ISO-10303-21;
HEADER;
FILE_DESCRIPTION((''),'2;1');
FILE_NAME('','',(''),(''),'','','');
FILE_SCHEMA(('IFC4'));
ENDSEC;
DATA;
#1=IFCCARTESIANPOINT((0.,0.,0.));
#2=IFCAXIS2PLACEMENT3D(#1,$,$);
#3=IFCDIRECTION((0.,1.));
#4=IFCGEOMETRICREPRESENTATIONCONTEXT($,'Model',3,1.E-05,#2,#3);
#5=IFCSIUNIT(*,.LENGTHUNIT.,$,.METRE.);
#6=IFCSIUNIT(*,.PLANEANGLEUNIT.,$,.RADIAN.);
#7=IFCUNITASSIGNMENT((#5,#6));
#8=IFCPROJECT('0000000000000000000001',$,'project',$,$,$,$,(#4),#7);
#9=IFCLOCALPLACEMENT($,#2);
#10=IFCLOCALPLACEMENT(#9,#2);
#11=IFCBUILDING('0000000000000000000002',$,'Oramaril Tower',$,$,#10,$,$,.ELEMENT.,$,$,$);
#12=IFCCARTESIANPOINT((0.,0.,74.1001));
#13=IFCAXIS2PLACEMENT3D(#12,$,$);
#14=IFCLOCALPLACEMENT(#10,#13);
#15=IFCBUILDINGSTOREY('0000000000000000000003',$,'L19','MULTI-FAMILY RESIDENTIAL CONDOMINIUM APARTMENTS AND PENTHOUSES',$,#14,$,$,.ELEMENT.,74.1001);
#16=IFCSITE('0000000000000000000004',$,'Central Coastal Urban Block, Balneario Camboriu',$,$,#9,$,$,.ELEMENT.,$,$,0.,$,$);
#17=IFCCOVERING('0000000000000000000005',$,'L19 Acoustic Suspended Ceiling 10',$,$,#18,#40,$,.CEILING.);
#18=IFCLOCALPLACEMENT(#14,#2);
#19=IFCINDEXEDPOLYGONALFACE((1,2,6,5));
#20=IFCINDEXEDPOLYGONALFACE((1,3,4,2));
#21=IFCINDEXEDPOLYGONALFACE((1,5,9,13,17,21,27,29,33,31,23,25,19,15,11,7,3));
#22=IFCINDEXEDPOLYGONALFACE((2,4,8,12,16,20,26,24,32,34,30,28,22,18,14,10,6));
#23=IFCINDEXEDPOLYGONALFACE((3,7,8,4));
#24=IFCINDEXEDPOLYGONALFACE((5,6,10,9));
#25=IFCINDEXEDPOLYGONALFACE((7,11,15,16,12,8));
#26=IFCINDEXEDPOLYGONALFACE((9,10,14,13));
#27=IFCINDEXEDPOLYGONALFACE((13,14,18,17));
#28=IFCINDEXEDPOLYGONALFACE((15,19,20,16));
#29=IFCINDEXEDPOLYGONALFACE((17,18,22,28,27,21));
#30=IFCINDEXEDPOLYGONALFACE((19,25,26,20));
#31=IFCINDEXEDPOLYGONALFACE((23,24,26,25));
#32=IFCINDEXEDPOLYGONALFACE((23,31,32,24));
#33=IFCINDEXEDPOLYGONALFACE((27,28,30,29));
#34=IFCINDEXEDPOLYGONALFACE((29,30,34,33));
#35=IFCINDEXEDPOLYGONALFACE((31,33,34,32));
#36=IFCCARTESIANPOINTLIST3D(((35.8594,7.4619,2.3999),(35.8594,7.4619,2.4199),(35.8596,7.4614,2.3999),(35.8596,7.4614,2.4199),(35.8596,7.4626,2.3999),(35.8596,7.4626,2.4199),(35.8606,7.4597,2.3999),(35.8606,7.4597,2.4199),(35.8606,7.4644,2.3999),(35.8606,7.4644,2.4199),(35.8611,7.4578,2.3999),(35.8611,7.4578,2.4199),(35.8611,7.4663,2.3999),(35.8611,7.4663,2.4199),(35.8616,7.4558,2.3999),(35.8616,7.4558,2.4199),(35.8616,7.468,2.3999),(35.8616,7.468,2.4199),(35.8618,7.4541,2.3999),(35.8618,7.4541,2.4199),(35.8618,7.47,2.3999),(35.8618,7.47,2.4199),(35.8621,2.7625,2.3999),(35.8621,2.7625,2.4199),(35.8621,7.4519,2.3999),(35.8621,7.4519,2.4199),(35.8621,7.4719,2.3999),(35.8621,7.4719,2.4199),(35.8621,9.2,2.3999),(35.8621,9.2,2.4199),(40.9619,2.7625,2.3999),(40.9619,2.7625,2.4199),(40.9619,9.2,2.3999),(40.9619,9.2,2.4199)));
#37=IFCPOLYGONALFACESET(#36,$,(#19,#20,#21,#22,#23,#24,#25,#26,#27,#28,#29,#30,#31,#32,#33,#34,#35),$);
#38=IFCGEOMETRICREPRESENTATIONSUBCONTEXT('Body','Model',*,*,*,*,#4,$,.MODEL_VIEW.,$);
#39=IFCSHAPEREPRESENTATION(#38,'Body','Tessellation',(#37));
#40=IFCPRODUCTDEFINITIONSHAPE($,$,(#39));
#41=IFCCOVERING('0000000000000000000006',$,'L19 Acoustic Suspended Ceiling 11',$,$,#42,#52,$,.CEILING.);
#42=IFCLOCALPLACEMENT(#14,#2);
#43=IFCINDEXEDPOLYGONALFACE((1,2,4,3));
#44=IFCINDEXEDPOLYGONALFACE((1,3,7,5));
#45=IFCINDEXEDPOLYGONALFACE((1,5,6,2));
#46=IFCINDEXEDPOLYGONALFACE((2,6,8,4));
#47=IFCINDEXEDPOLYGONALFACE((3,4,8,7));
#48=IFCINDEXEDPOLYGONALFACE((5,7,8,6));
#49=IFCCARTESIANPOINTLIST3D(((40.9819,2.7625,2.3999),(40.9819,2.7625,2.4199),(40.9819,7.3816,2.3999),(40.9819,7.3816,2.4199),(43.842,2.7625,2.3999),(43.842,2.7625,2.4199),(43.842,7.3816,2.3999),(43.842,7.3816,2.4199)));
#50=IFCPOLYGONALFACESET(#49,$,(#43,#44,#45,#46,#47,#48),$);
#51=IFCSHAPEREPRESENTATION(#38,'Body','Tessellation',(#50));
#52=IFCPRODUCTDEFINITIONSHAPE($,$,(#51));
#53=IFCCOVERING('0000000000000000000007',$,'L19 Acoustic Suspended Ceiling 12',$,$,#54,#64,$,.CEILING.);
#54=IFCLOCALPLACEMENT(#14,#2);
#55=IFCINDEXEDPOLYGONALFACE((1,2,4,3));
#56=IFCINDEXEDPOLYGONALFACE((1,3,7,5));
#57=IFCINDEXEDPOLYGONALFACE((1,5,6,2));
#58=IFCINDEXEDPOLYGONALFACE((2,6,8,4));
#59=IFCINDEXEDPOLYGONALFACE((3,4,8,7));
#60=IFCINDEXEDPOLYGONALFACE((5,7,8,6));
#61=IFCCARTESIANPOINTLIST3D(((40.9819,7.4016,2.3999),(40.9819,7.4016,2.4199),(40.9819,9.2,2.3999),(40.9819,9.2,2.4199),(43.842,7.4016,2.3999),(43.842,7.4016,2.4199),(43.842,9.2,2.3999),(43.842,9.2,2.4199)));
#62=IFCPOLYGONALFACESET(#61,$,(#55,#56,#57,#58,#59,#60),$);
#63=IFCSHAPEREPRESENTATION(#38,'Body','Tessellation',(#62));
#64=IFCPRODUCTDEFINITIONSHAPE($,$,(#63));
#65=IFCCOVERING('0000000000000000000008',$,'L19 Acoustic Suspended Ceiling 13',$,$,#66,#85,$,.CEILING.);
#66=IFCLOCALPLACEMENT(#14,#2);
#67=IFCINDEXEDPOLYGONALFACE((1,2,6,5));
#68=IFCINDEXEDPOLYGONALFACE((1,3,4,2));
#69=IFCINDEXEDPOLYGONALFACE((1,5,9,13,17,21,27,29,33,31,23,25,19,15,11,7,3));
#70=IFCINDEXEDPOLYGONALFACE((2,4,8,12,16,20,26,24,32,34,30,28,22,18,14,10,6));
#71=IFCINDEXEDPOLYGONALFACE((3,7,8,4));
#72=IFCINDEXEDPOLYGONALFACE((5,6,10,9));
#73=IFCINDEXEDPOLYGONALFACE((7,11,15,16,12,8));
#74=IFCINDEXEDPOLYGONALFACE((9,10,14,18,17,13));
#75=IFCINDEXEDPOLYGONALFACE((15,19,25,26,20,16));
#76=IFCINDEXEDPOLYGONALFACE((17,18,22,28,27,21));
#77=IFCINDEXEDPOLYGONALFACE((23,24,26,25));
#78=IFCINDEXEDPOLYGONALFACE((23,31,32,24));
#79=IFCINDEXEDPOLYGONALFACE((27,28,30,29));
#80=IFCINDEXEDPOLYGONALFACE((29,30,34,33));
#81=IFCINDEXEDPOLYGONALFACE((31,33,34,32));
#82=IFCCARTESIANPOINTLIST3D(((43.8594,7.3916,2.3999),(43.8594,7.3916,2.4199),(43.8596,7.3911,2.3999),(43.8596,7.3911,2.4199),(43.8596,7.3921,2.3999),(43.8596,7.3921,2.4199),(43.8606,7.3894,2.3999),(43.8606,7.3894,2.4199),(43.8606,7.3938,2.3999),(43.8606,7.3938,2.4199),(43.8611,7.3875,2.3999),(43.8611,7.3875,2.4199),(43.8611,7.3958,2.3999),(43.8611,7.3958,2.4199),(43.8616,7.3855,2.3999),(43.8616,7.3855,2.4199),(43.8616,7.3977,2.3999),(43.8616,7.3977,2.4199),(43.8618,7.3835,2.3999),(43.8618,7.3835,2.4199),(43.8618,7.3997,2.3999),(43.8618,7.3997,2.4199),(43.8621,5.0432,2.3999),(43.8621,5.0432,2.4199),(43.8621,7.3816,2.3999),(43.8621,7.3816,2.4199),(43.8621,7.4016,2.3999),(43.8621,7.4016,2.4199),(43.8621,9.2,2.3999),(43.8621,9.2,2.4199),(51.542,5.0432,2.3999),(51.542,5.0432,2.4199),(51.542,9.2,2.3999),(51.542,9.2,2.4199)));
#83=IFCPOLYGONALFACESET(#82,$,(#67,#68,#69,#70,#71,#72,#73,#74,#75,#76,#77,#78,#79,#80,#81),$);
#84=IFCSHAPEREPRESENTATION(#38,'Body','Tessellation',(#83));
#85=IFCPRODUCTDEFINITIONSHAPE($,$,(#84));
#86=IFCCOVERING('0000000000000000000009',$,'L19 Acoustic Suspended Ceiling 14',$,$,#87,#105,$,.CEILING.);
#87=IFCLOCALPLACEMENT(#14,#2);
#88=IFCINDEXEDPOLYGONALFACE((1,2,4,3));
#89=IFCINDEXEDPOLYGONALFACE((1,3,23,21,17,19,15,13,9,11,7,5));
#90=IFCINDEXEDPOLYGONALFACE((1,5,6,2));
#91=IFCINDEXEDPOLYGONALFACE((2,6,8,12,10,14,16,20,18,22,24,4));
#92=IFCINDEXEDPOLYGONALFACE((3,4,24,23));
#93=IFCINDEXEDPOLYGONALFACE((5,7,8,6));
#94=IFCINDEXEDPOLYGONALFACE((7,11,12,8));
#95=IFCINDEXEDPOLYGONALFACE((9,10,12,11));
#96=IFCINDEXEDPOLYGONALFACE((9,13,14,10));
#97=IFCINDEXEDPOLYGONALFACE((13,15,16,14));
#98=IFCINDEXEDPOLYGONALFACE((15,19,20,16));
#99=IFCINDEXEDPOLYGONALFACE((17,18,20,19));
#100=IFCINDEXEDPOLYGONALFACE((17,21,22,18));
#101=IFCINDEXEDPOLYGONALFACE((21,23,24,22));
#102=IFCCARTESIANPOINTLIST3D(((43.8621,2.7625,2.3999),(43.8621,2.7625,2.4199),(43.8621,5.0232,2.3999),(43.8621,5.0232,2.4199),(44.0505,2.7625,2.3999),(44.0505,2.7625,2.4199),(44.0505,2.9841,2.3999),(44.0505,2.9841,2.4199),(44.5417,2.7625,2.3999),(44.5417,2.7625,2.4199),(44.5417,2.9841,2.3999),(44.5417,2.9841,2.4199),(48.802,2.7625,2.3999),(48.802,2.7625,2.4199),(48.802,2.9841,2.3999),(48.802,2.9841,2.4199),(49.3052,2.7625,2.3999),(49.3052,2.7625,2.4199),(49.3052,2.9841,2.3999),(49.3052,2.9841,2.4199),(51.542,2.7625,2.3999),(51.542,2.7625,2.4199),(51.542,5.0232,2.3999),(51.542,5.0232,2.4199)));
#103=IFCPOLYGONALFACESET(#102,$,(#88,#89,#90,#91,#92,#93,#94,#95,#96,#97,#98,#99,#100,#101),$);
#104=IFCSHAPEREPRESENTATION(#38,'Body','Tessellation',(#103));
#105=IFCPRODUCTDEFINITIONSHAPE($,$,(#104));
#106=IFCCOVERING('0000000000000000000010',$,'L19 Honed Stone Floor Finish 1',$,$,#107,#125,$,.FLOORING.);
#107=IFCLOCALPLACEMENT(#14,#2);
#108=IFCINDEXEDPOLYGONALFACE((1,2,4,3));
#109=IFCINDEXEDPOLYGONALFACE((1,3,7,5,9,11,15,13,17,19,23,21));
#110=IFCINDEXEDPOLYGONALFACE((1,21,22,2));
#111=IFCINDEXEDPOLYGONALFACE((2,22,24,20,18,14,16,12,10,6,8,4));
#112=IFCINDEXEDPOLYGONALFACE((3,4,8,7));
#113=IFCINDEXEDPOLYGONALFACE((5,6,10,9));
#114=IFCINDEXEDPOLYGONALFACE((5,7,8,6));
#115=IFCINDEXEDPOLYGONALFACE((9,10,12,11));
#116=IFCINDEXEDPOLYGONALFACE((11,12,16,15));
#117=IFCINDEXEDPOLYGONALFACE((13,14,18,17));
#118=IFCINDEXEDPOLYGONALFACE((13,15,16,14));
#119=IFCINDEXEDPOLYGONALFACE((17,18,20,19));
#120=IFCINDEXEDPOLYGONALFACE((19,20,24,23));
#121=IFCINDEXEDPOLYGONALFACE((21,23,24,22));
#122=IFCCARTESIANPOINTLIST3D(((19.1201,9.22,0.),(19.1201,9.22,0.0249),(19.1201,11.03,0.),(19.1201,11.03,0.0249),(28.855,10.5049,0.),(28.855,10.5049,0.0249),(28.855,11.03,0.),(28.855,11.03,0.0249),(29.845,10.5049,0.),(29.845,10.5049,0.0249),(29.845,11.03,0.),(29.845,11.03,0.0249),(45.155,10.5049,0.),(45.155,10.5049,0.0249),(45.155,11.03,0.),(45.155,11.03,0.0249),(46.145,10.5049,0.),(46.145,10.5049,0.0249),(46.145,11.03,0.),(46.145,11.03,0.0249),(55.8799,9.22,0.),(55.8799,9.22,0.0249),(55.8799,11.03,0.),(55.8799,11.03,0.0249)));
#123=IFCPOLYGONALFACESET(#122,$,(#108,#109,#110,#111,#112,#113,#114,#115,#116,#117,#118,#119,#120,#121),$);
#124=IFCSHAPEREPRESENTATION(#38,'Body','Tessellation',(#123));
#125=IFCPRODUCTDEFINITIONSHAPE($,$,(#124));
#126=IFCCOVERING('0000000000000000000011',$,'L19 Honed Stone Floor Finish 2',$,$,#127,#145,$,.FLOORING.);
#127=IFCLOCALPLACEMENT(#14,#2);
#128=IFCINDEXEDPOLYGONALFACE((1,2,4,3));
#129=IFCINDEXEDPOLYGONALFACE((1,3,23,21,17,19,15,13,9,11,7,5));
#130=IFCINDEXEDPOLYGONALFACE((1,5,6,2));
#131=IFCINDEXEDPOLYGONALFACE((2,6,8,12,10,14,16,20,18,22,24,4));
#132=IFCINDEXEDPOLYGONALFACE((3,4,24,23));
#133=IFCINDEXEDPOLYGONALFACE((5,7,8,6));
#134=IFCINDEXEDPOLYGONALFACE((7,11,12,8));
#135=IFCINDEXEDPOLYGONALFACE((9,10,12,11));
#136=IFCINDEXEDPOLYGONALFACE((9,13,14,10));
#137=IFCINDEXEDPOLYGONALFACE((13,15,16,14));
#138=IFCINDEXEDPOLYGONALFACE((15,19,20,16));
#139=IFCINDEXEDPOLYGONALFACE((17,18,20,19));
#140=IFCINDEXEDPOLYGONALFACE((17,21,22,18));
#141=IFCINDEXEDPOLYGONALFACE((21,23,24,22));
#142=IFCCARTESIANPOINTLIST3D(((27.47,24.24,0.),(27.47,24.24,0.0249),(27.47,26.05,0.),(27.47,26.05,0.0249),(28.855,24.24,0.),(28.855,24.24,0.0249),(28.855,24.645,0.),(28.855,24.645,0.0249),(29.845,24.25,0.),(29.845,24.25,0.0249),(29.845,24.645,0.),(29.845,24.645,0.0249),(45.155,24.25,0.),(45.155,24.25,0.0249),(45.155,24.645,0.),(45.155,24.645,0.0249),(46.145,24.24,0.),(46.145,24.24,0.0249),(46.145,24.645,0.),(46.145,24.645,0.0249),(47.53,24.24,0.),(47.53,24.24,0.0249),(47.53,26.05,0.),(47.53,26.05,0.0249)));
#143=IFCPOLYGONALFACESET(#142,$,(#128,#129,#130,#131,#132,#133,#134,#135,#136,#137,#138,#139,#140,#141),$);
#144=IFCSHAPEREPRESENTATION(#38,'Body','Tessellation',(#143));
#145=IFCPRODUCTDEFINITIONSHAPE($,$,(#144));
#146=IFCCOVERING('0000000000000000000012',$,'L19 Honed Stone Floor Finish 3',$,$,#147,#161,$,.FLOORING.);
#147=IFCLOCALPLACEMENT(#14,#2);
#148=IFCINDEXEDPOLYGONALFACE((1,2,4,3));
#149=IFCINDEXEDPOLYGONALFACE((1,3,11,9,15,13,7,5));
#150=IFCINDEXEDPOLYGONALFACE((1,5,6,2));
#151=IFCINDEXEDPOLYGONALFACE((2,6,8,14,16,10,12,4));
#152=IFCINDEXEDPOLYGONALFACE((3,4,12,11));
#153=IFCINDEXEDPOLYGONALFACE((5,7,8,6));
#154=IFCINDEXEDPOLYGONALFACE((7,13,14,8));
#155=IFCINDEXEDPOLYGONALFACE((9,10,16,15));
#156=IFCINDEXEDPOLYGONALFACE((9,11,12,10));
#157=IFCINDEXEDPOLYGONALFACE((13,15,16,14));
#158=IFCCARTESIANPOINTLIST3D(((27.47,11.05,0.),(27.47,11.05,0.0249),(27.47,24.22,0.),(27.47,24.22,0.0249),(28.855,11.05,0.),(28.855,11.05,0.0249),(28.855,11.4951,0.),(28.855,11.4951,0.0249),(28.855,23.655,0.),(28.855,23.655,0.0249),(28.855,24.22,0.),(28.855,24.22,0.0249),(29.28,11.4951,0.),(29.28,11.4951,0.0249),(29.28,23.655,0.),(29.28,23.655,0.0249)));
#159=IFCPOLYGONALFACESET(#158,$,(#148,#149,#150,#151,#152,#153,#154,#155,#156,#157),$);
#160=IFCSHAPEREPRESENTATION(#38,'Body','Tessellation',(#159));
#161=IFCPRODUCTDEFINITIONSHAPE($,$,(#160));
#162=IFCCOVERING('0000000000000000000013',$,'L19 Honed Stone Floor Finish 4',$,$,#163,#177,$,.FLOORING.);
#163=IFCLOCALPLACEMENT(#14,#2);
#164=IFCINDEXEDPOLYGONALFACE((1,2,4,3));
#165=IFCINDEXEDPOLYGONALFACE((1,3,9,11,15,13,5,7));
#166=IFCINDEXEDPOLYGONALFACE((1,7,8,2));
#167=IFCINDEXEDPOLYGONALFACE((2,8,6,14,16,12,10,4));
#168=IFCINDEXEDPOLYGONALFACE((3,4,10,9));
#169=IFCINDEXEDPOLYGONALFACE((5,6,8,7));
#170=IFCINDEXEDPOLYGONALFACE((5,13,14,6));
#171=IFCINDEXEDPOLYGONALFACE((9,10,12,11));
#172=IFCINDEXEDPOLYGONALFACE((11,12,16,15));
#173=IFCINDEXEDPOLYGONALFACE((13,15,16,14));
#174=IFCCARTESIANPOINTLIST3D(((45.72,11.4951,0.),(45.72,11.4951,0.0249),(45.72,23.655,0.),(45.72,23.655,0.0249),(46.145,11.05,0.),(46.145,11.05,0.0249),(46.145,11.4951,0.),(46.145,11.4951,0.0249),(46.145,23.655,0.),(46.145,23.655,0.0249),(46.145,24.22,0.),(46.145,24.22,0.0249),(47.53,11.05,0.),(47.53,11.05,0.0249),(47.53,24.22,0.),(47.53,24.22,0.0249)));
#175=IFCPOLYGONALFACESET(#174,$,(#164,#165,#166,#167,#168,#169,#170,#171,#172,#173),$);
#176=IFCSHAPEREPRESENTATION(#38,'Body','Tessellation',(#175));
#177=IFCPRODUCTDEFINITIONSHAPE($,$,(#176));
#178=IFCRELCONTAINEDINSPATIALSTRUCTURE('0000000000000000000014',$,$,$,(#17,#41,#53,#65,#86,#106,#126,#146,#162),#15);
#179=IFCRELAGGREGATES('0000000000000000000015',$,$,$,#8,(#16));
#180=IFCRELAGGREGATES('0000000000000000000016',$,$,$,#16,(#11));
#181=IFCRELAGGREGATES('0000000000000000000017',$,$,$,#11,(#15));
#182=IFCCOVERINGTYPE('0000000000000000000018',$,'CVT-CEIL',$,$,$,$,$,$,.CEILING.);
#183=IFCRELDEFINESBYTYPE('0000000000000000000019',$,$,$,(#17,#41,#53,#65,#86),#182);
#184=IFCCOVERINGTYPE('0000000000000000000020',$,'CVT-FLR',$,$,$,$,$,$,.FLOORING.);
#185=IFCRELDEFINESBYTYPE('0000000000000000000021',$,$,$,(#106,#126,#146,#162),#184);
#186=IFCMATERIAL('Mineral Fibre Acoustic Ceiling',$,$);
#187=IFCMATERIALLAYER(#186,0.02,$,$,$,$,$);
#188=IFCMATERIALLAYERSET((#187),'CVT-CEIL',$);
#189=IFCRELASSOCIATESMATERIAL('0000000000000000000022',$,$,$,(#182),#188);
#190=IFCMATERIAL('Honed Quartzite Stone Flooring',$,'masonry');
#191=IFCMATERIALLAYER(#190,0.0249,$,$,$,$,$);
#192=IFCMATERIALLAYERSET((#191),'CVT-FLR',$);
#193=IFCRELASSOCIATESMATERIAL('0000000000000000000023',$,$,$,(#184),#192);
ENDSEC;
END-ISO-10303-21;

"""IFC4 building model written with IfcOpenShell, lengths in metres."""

from ifc_helpers import new_model, si_unit, direction, frame, origin, place, context, subcontext, project, spatial, polyline, outline, extrude, material, layer, layer_set, type_object, element, save


model = new_model("IFC4")

# Units and contexts
model_context = context("Model", 3, precision=1e-05, world=origin(), true_north=direction((0.0, 1.0)))
body_context = subcontext(model_context, "Body", "Model", "MODEL_VIEW")
ifc_project = project(units=[si_unit("LENGTHUNIT", "METRE"), si_unit("PLANEANGLEUNIT", "RADIAN")], contexts=[model_context])

# Site, building, storey
site_placement = place(None, origin())
site = spatial("IfcSite", under=ifc_project, at=site_placement, Name="Central Coastal Urban Block, Balneario Camboriu", CompositionType="ELEMENT", RefElevation=0.0)
building_placement = place(site_placement, origin())
building = spatial("IfcBuilding", under=site, at=building_placement, Name="Oramaril Tower", CompositionType="ELEMENT")
storey_placement = place(building_placement, frame((0.0, 0.0, 74.1001)))
storey = spatial("IfcBuildingStorey", under=building, at=storey_placement, Name="L19", Description="MULTI-FAMILY RESIDENTIAL CONDOMINIUM APARTMENTS AND PENTHOUSES", CompositionType="ELEMENT", Elevation=74.1001)

# Coverings
ifc_material_1 = material(Name="Mineral Fibre Acoustic Ceiling")
ifc_layer_1 = layer(ifc_material_1, 0.02)
ifc_layer_set_1 = layer_set([ifc_layer_1], Name="CVT-CEIL")
covering_type_1 = type_object("IfcCoveringType", Name="CVT-CEIL", PredefinedType="CEILING", material=ifc_layer_set_1)
covering_1_placement = place(storey_placement, frame((0.0, 0.0, 2.3999)))
element("IfcCovering", 1, at=covering_1_placement, inside=storey, type_object=covering_type_1, Name="L19 Acoustic Suspended Ceiling 10", PredefinedType="CEILING", context=body_context, shape_type="SweptSolid", body=[
    extrude(outline(polyline([(40.9619, 2.7625), (35.8621, 2.7625), (35.8621, 7.4519), (35.8618, 7.4541), (35.8616, 7.4558), (35.8611, 7.4578), (35.8606, 7.4597), (35.8596, 7.4614), (35.8594, 7.4619), (35.8596, 7.4626), (35.8606, 7.4644), (35.8611, 7.4663), (35.8616, 7.468), (35.8618, 7.47), (35.8621, 7.4719), (35.8621, 9.2), (40.9619, 9.2), (40.9619, 2.7625)])), origin(), (0.0, 0.0, 1.0), 0.02),
])
covering_2_placement = place(storey_placement, frame((0.0, 0.0, 2.3999)))
element("IfcCovering", 2, at=covering_2_placement, inside=storey, type_object=covering_type_1, Name="L19 Acoustic Suspended Ceiling 11", PredefinedType="CEILING", context=body_context, shape_type="SweptSolid", body=[
    extrude(outline(polyline([(43.842, 7.3816), (43.842, 2.7625), (40.9819, 2.7625), (40.9819, 7.3816), (43.842, 7.3816)])), origin(), (0.0, 0.0, 1.0), 0.02),
])
covering_3_placement = place(storey_placement, frame((0.0, 0.0, 2.3999)))
element("IfcCovering", 3, at=covering_3_placement, inside=storey, type_object=covering_type_1, Name="L19 Acoustic Suspended Ceiling 12", PredefinedType="CEILING", context=body_context, shape_type="SweptSolid", body=[
    extrude(outline(polyline([(43.842, 7.4016), (40.9819, 7.4016), (40.9819, 9.2), (43.842, 9.2), (43.842, 7.4016)])), origin(), (0.0, 0.0, 1.0), 0.02),
])
covering_4_placement = place(storey_placement, frame((0.0, 0.0, 2.3999)))
element("IfcCovering", 4, at=covering_4_placement, inside=storey, type_object=covering_type_1, Name="L19 Acoustic Suspended Ceiling 13", PredefinedType="CEILING", context=body_context, shape_type="SweptSolid", body=[
    extrude(outline(polyline([(51.542, 5.0432), (43.8621, 5.0432), (43.8621, 7.3816), (43.8618, 7.3835), (43.8616, 7.3855), (43.8611, 7.3875), (43.8606, 7.3894), (43.8596, 7.3911), (43.8594, 7.3916), (43.8596, 7.3921), (43.8606, 7.3938), (43.8611, 7.3958), (43.8616, 7.3977), (43.8618, 7.3997), (43.8621, 7.4016), (43.8621, 9.2), (51.542, 9.2), (51.542, 5.0432)])), origin(), (0.0, 0.0, 1.0), 0.02),
])
covering_5_placement = place(storey_placement, frame((0.0, 0.0, 2.3999)))
element("IfcCovering", 5, at=covering_5_placement, inside=storey, type_object=covering_type_1, Name="L19 Acoustic Suspended Ceiling 14", PredefinedType="CEILING", context=body_context, shape_type="SweptSolid", body=[
    extrude(outline(polyline([(49.3052, 2.9841), (48.802, 2.9841), (48.802, 2.7625), (44.5417, 2.7625), (44.5417, 2.9841), (44.0505, 2.9841), (44.0505, 2.7625), (43.8621, 2.7625), (43.8621, 5.0232), (51.542, 5.0232), (51.542, 2.7625), (49.3052, 2.7625), (49.3052, 2.9841)])), origin(), (0.0, 0.0, 1.0), 0.02),
])
ifc_material_2 = material(Name="Honed Quartzite Stone Flooring", Category="masonry")
ifc_layer_2 = layer(ifc_material_2, 0.0249)
ifc_layer_set_2 = layer_set([ifc_layer_2], Name="CVT-FLR")
covering_type_2 = type_object("IfcCoveringType", Name="CVT-FLR", PredefinedType="FLOORING", material=ifc_layer_set_2)
covering_6_placement = place(storey_placement, origin())
element("IfcCovering", 6, at=covering_6_placement, inside=storey, type_object=covering_type_2, Name="L19 Honed Stone Floor Finish 1", PredefinedType="FLOORING", context=body_context, shape_type="SweptSolid", body=[
    extrude(outline(polyline([(28.855, 10.5049), (29.845, 10.5049), (29.845, 11.03), (45.155, 11.03), (45.155, 10.5049), (46.145, 10.5049), (46.145, 11.03), (55.8799, 11.03), (55.8799, 9.22), (19.1201, 9.22), (19.1201, 11.03), (28.855, 11.03), (28.855, 10.5049)])), origin(), (0.0, 0.0, 1.0), 0.0249),
])
covering_7_placement = place(storey_placement, origin())
element("IfcCovering", 7, at=covering_7_placement, inside=storey, type_object=covering_type_2, Name="L19 Honed Stone Floor Finish 2", PredefinedType="FLOORING", context=body_context, shape_type="SweptSolid", body=[
    extrude(outline(polyline([(47.53, 24.24), (46.145, 24.24), (46.145, 24.645), (45.155, 24.645), (45.155, 24.25), (29.845, 24.25), (29.845, 24.645), (28.855, 24.645), (28.855, 24.24), (27.47, 24.24), (27.47, 26.05), (47.53, 26.05), (47.53, 24.24)])), origin(), (0.0, 0.0, 1.0), 0.0249),
])
covering_8_placement = place(storey_placement, origin())
element("IfcCovering", 8, at=covering_8_placement, inside=storey, type_object=covering_type_2, Name="L19 Honed Stone Floor Finish 3", PredefinedType="FLOORING", context=body_context, shape_type="SweptSolid", body=[
    extrude(outline(polyline([(28.855, 23.655), (29.28, 23.655), (29.28, 11.4951), (28.855, 11.4951), (28.855, 11.05), (27.47, 11.05), (27.47, 24.22), (28.855, 24.22), (28.855, 23.655)])), origin(), (0.0, 0.0, 1.0), 0.0249),
])
covering_9_placement = place(storey_placement, origin())
element("IfcCovering", 9, at=covering_9_placement, inside=storey, type_object=covering_type_2, Name="L19 Honed Stone Floor Finish 4", PredefinedType="FLOORING", context=body_context, shape_type="SweptSolid", body=[
    extrude(outline(polyline([(47.53, 11.05), (46.145, 11.05), (46.145, 11.4951), (45.72, 11.4951), (45.72, 23.655), (46.145, 23.655), (46.145, 24.22), (47.53, 24.22), (47.53, 11.05)])), origin(), (0.0, 0.0, 1.0), 0.0249),
])

save(model, "model.ifc")
